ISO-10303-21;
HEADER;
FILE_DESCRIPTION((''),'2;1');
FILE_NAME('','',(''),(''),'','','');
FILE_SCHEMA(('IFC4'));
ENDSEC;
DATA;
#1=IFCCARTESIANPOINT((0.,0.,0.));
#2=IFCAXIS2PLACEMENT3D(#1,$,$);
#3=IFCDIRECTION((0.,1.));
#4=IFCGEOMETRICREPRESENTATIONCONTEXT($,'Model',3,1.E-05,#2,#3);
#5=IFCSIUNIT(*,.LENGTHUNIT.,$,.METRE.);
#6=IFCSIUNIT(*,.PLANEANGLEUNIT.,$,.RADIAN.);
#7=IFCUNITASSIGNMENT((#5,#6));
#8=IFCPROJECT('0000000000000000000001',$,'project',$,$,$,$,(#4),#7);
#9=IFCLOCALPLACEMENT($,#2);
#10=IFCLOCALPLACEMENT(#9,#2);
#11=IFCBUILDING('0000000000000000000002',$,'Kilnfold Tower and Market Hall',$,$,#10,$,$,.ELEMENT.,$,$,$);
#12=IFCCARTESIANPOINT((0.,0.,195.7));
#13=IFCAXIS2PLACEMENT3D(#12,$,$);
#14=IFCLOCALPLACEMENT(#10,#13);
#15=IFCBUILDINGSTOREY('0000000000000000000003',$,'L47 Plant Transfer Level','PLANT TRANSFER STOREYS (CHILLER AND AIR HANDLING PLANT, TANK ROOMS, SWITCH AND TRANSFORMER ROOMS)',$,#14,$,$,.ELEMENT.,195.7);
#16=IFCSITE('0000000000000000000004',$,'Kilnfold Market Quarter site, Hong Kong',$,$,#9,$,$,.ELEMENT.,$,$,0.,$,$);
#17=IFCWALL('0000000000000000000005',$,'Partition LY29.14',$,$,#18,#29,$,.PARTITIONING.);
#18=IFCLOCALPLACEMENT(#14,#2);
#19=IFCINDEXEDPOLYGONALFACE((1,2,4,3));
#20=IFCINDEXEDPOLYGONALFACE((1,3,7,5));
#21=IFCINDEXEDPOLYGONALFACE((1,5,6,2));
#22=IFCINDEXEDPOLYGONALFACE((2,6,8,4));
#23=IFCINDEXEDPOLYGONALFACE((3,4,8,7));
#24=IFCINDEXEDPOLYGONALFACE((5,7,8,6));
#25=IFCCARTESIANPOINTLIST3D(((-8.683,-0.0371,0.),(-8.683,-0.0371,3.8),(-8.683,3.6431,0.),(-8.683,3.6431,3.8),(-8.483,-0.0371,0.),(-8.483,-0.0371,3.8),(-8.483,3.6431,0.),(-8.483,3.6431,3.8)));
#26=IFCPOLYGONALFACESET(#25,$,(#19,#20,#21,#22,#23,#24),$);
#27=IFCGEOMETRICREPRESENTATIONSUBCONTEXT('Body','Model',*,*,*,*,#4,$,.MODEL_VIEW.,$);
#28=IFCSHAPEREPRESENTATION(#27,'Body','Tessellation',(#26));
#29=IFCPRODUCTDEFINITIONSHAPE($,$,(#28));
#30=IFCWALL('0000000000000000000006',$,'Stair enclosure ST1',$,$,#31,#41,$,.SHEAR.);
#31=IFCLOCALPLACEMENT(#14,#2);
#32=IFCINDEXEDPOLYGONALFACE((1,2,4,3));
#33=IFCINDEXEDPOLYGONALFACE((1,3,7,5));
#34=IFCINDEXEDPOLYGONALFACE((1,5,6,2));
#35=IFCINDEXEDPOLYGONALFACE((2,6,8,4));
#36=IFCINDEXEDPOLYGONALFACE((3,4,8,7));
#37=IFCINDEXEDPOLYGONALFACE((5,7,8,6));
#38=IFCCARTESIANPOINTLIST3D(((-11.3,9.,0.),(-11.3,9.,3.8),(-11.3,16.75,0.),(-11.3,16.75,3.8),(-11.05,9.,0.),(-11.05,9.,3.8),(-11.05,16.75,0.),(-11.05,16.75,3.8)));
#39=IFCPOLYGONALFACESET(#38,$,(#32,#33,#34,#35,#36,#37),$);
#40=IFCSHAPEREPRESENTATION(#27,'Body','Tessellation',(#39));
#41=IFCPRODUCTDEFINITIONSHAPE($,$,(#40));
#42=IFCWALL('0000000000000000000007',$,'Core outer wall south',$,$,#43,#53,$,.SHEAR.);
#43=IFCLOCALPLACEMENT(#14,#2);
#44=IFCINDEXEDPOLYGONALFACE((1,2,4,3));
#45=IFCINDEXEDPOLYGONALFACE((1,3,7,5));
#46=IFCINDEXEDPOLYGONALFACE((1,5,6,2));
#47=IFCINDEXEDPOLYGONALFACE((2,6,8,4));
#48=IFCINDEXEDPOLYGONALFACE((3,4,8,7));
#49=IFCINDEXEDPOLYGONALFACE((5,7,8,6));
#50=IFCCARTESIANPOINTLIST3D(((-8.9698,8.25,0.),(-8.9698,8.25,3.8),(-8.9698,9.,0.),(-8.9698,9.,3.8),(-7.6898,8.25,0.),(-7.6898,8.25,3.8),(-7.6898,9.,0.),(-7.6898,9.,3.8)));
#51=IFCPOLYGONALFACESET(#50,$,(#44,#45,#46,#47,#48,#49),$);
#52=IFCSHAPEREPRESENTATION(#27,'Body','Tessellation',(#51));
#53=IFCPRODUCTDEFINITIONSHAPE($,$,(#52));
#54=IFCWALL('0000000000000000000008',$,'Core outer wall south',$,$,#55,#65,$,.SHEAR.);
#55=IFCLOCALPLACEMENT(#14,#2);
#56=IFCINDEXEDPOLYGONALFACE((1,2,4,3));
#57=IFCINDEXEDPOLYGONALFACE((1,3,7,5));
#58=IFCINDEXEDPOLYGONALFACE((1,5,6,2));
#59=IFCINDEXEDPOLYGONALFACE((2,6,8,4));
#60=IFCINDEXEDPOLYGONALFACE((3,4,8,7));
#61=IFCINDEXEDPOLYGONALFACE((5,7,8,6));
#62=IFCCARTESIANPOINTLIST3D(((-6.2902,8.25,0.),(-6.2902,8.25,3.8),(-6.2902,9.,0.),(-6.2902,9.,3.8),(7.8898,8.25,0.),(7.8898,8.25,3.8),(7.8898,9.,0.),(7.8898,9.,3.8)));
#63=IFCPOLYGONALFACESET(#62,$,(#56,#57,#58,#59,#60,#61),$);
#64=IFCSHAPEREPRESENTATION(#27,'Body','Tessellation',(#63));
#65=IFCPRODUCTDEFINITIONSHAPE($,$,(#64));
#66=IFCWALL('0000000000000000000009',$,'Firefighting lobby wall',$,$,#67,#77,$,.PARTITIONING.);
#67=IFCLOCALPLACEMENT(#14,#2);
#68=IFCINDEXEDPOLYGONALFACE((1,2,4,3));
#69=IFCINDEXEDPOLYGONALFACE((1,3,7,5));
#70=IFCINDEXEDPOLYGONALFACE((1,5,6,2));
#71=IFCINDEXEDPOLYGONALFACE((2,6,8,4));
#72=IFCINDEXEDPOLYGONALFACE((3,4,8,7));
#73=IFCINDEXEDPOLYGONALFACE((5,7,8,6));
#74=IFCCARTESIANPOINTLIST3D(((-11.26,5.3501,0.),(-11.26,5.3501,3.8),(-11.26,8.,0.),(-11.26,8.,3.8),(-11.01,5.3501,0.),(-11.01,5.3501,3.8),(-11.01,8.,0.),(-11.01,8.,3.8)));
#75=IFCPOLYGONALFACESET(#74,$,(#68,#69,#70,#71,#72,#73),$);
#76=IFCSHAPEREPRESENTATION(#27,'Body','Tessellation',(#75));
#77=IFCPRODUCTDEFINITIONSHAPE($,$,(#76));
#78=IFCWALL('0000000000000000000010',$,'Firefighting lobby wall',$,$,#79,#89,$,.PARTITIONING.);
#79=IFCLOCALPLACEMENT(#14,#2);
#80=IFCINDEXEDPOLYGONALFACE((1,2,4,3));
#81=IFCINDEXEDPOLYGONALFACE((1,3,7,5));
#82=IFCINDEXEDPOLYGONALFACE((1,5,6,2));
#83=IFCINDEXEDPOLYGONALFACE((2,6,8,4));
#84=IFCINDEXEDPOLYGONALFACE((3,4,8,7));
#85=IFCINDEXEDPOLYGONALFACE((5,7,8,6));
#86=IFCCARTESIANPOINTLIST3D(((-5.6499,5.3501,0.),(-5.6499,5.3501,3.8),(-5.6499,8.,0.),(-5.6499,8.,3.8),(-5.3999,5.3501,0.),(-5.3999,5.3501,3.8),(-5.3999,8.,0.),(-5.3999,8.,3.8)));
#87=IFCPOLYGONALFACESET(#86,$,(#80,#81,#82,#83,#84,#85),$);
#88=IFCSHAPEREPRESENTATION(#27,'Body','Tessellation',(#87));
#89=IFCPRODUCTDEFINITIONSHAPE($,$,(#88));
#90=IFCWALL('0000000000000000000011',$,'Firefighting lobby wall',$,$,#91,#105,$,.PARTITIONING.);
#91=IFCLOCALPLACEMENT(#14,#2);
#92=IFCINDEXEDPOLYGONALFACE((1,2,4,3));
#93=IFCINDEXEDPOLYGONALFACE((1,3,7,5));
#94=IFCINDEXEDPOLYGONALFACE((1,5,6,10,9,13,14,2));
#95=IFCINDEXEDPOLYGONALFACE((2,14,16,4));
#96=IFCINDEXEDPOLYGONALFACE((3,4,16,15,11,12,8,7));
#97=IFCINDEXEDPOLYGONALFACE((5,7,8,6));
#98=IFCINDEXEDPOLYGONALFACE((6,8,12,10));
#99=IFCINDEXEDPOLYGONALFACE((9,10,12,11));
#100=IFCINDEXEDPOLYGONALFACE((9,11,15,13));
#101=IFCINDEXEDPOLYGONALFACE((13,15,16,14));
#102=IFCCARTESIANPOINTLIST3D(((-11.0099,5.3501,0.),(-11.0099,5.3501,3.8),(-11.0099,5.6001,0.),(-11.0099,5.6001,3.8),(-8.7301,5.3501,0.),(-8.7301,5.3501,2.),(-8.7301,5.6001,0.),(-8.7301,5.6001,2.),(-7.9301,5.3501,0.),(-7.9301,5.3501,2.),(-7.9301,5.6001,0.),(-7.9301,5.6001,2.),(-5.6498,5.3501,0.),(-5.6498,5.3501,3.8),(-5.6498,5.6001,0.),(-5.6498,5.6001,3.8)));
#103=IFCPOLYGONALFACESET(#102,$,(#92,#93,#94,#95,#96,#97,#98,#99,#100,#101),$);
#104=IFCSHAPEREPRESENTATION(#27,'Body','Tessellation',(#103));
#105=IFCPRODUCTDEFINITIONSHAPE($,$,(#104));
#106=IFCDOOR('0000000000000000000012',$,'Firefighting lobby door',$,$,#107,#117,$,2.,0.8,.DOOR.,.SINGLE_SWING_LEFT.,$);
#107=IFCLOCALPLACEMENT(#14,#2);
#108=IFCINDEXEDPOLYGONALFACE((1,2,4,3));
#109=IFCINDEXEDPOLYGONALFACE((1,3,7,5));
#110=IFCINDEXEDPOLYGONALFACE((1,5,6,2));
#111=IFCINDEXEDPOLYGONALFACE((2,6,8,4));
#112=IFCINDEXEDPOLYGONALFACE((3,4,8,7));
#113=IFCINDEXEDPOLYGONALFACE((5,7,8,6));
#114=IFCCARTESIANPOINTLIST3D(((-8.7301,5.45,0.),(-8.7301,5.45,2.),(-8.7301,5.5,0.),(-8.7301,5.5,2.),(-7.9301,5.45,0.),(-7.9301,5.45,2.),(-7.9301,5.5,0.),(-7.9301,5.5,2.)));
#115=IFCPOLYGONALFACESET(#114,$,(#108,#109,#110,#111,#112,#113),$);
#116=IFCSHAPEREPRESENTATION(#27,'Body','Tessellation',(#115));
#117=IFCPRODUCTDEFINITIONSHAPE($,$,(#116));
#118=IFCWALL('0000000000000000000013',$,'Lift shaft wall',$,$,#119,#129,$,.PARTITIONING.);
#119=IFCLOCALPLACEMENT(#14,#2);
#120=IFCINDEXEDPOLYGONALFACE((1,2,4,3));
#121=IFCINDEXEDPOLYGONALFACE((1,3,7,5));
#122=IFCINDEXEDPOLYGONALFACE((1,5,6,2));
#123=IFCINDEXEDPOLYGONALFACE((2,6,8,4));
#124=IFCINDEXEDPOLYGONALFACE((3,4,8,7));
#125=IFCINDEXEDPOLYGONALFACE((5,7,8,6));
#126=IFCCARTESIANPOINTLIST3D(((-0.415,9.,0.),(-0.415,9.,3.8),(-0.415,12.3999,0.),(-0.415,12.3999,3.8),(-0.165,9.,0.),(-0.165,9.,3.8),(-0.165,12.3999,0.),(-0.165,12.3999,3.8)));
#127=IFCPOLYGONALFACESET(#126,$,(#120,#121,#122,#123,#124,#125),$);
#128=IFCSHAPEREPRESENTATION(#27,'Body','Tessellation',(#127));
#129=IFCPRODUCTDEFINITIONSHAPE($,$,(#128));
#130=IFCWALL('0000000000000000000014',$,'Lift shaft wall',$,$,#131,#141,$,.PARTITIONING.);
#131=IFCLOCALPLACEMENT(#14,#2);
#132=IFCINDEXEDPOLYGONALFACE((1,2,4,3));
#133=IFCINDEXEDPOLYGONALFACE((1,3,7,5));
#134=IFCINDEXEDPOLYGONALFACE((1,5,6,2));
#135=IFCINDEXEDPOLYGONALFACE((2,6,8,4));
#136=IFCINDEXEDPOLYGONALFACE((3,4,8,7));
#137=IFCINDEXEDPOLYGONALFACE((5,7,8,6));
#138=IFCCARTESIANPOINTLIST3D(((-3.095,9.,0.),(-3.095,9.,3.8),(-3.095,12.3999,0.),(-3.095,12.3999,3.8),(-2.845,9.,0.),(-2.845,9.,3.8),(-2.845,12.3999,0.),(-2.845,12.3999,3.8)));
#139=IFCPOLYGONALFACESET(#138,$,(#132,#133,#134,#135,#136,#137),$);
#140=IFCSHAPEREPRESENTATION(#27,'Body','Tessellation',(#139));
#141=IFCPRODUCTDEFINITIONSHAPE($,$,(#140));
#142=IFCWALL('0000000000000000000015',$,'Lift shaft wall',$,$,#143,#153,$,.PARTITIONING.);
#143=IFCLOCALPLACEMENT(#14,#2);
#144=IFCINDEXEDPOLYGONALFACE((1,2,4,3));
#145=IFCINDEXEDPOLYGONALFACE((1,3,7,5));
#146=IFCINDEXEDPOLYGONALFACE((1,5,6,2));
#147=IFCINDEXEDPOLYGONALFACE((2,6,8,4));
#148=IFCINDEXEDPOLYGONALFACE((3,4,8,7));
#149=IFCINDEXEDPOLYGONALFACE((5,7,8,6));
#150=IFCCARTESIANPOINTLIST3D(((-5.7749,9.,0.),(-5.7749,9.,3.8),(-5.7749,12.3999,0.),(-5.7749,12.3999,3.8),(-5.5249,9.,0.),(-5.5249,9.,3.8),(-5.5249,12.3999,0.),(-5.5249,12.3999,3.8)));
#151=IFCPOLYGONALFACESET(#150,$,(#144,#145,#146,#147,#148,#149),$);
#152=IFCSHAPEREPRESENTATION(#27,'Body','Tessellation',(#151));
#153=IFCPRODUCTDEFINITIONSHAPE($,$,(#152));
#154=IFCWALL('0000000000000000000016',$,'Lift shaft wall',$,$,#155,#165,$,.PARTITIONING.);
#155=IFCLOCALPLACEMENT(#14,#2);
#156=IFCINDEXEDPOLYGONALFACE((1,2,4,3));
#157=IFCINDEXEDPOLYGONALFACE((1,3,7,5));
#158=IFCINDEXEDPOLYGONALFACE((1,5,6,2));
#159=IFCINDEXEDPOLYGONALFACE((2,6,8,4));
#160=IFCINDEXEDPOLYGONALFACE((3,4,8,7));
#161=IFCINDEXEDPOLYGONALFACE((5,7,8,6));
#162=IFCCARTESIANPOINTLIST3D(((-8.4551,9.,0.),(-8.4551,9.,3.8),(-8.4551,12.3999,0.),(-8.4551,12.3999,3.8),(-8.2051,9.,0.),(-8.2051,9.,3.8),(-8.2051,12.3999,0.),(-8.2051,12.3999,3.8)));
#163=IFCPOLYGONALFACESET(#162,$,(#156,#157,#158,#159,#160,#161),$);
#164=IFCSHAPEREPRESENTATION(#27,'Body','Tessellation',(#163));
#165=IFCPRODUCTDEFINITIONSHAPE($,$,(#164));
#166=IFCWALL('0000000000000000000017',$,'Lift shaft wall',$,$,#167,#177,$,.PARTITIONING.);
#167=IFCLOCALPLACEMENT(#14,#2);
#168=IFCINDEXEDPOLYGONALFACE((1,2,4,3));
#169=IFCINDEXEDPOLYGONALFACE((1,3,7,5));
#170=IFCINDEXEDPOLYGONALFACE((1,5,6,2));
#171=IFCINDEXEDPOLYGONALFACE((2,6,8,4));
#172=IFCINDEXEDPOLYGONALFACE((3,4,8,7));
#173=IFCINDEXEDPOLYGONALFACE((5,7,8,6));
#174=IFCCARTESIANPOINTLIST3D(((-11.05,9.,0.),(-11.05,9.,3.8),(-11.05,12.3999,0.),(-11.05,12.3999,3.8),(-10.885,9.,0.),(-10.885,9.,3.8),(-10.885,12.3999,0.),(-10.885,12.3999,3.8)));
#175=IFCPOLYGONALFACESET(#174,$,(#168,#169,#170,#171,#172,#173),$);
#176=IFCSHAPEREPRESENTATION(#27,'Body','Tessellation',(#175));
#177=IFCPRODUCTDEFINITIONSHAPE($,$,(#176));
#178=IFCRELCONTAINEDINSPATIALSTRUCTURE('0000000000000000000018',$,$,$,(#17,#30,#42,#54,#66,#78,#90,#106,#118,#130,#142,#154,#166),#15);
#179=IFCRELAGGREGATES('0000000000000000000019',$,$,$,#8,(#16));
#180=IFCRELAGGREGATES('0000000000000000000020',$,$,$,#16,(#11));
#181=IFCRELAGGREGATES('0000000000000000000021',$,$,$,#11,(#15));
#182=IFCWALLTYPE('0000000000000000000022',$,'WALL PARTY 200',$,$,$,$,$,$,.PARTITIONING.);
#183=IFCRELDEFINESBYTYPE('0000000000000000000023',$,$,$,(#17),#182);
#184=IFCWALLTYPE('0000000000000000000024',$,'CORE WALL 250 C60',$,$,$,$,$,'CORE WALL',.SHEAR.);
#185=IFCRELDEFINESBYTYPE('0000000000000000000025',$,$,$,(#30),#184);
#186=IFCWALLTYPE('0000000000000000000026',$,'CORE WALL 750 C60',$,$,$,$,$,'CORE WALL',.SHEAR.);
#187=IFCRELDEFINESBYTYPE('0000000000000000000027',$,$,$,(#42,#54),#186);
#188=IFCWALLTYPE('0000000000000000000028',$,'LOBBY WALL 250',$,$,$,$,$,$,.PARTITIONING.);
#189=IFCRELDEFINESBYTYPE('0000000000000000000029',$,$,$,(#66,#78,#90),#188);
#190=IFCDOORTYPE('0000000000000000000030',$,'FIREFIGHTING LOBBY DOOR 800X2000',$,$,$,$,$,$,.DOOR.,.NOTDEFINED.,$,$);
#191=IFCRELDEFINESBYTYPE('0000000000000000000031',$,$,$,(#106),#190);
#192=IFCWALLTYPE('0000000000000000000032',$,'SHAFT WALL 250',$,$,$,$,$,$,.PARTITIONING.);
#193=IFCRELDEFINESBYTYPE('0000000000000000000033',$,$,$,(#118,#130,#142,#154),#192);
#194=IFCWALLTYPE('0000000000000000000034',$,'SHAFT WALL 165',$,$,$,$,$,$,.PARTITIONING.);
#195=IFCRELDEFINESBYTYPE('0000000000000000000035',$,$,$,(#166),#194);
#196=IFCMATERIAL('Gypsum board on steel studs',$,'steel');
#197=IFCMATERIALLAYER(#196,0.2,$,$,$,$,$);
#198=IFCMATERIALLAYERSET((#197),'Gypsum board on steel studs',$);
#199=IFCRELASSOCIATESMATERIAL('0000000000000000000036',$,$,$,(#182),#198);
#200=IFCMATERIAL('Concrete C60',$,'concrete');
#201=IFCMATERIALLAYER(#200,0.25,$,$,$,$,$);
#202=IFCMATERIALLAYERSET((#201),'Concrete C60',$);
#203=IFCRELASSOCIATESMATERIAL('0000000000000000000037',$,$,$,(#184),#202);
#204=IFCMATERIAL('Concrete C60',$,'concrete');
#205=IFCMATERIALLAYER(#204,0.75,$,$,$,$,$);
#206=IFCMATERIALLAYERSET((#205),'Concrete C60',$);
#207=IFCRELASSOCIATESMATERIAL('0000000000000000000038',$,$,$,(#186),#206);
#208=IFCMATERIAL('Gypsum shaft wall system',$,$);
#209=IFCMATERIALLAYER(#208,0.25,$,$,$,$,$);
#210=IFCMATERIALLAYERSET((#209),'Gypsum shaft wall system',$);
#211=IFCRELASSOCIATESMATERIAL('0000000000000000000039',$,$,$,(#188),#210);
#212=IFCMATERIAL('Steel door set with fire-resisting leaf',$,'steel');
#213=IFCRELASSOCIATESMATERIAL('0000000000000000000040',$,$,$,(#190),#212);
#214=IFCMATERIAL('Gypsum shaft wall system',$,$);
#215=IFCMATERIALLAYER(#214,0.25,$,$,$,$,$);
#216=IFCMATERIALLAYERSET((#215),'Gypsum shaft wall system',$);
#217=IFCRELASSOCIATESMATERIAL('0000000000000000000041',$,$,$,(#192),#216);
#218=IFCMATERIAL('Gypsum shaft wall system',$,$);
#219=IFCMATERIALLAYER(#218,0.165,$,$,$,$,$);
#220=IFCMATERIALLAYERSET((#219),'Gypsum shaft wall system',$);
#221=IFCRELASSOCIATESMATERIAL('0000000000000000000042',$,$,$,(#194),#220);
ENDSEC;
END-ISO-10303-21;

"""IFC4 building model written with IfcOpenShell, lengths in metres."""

from ifc_helpers import new_model, si_unit, direction, frame, frame_2d, origin, place, context, subcontext, project, spatial, rectangle, extrude, source, transform, mapped, material, layer, layer_set, type_object, element, fill, save


model = new_model("IFC4")

# Units and contexts
model_context = context("Model", 3, precision=1e-05, world=origin(), true_north=direction((0.0, 1.0)))
body_context = subcontext(model_context, "Body", "Model", "MODEL_VIEW")
ifc_project = project(units=[si_unit("LENGTHUNIT", "METRE"), si_unit("PLANEANGLEUNIT", "RADIAN")], contexts=[model_context])

# Site, building, storey
site_placement = place(None, origin())
site = spatial("IfcSite", under=ifc_project, at=site_placement, Name="Kilnfold Market Quarter site, Hong Kong", CompositionType="ELEMENT", RefElevation=0.0)
building_placement = place(site_placement, origin())
building = spatial("IfcBuilding", under=site, at=building_placement, Name="Kilnfold Tower and Market Hall", CompositionType="ELEMENT")
storey_placement = place(building_placement, frame((0.0, 0.0, 195.7)))
storey = spatial("IfcBuildingStorey", under=building, at=storey_placement, Name="L47 Plant Transfer Level", Description="PLANT TRANSFER STOREYS (CHILLER AND AIR HANDLING PLANT, TANK ROOMS, SWITCH AND TRANSFORMER ROOMS)", CompositionType="ELEMENT", Elevation=195.7)

# Walls
ifc_material_1 = material(Name="Gypsum board on steel studs", Category="steel")
ifc_layer_1 = layer(ifc_material_1, 0.2)
ifc_layer_set_1 = layer_set([ifc_layer_1], Name="Gypsum board on steel studs")
wall_type_1 = type_object("IfcWallType", Name="WALL PARTY 200", PredefinedType="PARTITIONING", material=ifc_layer_set_1)
wall_1_placement = place(storey_placement, frame((-8.583, -0.0371, 0.0), z_axis=(0.0, 0.0, 1.0), x_axis=(0.0, 1.0, 0.0)))
element("IfcWall", 1, at=wall_1_placement, inside=storey, type_object=wall_type_1, Name="Partition LY29.14", PredefinedType="PARTITIONING", context=body_context, shape_type="SweptSolid", body=[
    extrude(rectangle(XDim=3.6802, YDim=0.2, at=frame_2d((1.8401, 0.0))), origin(), (0.0, 0.0, 1.0), 3.8),
])
ifc_material_2 = material(Name="Concrete C60", Category="concrete")
ifc_layer_2 = layer(ifc_material_2, 0.25)
ifc_layer_set_2 = layer_set([ifc_layer_2], Name="Concrete C60")
wall_type_2 = type_object("IfcWallType", Name="CORE WALL 250 C60", ElementType="CORE WALL", PredefinedType="SHEAR", material=ifc_layer_set_2)
shared_shape_1 = source(origin(), body_context, "Body", "SweptSolid", [
    extrude(rectangle(XDim=7.75, YDim=0.25, at=frame_2d((3.875, 0.0))), origin(), (0.0, 0.0, 1.0), 3.8),
])
wall_2_placement = place(storey_placement, frame((-11.175, 9.0, 0.0), z_axis=(0.0, 0.0, 1.0), x_axis=(0.0, 1.0, 0.0)))
element("IfcWall", 2, at=wall_2_placement, inside=storey, type_object=wall_type_2, Name="Stair enclosure ST1", PredefinedType="SHEAR", context=body_context, shape_type="MappedRepresentation", body=[
    mapped(shared_shape_1, transform((0.0, 0.0, 0.0))),
])
ifc_material_3 = material(Name="Concrete C60", Category="concrete")
ifc_layer_3 = layer(ifc_material_3, 0.75)
ifc_layer_set_3 = layer_set([ifc_layer_3], Name="Concrete C60")
wall_type_3 = type_object("IfcWallType", Name="CORE WALL 750 C60", ElementType="CORE WALL", PredefinedType="SHEAR", material=ifc_layer_set_3)
shared_shape_2 = source(origin(), body_context, "Body", "SweptSolid", [
    extrude(rectangle(XDim=1.28, YDim=0.75, at=frame_2d((0.6401, 0.0))), origin(), (0.0, 0.0, 1.0), 3.8),
])
wall_3_placement = place(storey_placement, frame((-8.97, 8.625, 0.0), z_axis=(0.0, 0.0, 1.0), x_axis=(1.0, 0.0, 0.0)))
element("IfcWall", 3, at=wall_3_placement, inside=storey, type_object=wall_type_3, Name="Core outer wall south", PredefinedType="SHEAR", context=body_context, shape_type="MappedRepresentation", body=[
    mapped(shared_shape_2, transform((0.0, 0.0, 0.0))),
])
shared_shape_3 = source(origin(), body_context, "Body", "SweptSolid", [
    extrude(rectangle(XDim=14.1799, YDim=0.75, at=frame_2d((7.0898, 0.0))), origin(), (0.0, 0.0, 1.0), 3.8),
])
wall_4_placement = place(storey_placement, frame((-6.29, 8.625, 0.0), z_axis=(0.0, 0.0, 1.0), x_axis=(1.0, 0.0, 0.0)))
element("IfcWall", 4, at=wall_4_placement, inside=storey, type_object=wall_type_3, Name="Core outer wall south", PredefinedType="SHEAR", context=body_context, shape_type="MappedRepresentation", body=[
    mapped(shared_shape_3, transform((0.0, 0.0, 0.0))),
])
ifc_material_4 = material(Name="Gypsum shaft wall system")
ifc_layer_4 = layer(ifc_material_4, 0.25)
ifc_layer_set_4 = layer_set([ifc_layer_4], Name="Gypsum shaft wall system")
wall_type_4 = type_object("IfcWallType", Name="LOBBY WALL 250", PredefinedType="PARTITIONING", material=ifc_layer_set_4)
shared_shape_4 = source(origin(), body_context, "Body", "SweptSolid", [
    extrude(rectangle(XDim=2.6499, YDim=0.25, at=frame_2d((1.325, 0.0))), origin(), (0.0, 0.0, 1.0), 3.8),
])
for number, where, z_axis, x_axis, name in (
    (5, (-11.135, 5.3501, 0.0), (0.0, 0.0, 1.0), (0.0, 1.0, 0.0), "Firefighting lobby wall"),
    (6, (-5.5249, 5.3501, 0.0), (0.0, 0.0, 1.0), (0.0, 1.0, 0.0), "Firefighting lobby wall"),
):
    element("IfcWall", number, at=place(storey_placement, frame(where, z_axis=z_axis, x_axis=x_axis)), inside=storey, type_object=wall_type_4, Name=name, PredefinedType="PARTITIONING", context=body_context, shape_type="MappedRepresentation", body=[
        mapped(shared_shape_4, transform((0.0, 0.0, 0.0))),
    ])

# Wall, opening, door
shared_shape_5 = source(origin(), body_context, "Body", "SweptSolid", [
    extrude(rectangle(XDim=5.3601, YDim=0.25, at=frame_2d((2.6802, 0.0))), origin(), (0.0, 0.0, 1.0), 3.8),
])
wall_5_placement = place(storey_placement, frame((-11.01, 5.4751, 0.0), z_axis=(0.0, 0.0, 1.0), x_axis=(1.0, 0.0, 0.0)))
wall_5 = element("IfcWall", 7, at=wall_5_placement, inside=storey, type_object=wall_type_4, Name="Firefighting lobby wall", PredefinedType="PARTITIONING", context=body_context, shape_type="MappedRepresentation", body=[
    mapped(shared_shape_5, transform((0.0, 0.0, 0.0))),
])
opening_1_placement = place(wall_5_placement, frame((2.28, 0.0, 0.0)))
opening_1 = element("IfcOpeningElement", 8, at=opening_1_placement, cuts=wall_5, PredefinedType="OPENING", context=body_context, shape_type="SweptSolid", body=[
    extrude(rectangle(XDim=0.8, YDim=2.0, at=frame_2d((0.3999, 1.0))), frame((0.0, 0.135, 0.0), z_axis=(0.0, -1.0, 0.0), x_axis=(1.0, 0.0, 0.0)), (0.0, 0.0, 1.0), 0.27),
])
ifc_material_5 = material(Name="Steel door set with fire-resisting leaf", Category="steel")
door_type_1 = type_object("IfcDoorType", Name="FIREFIGHTING LOBBY DOOR 800X2000", OperationType="NOTDEFINED", PredefinedType="DOOR", material=ifc_material_5)
door_1_placement = place(opening_1_placement, origin())
door_1 = element("IfcDoor", 9, at=door_1_placement, inside=storey, type_object=door_type_1, Name="Firefighting lobby door", OperationType="SINGLE_SWING_LEFT", OverallHeight=2.0, OverallWidth=0.8, PredefinedType="DOOR", context=body_context, shape_type="SweptSolid", body=[
    extrude(rectangle(XDim=0.8, YDim=2.0, at=frame_2d((0.3999, 1.0))), frame((0.0, 0.0249, 0.0), z_axis=(0.0, -1.0, 0.0), x_axis=(1.0, 0.0, 0.0)), (0.0, 0.0, 1.0), 0.05),
])
fill(opening_1, door_1)

# Walls
ifc_material_6 = material(Name="Gypsum shaft wall system")
ifc_layer_5 = layer(ifc_material_6, 0.25)
ifc_layer_set_5 = layer_set([ifc_layer_5], Name="Gypsum shaft wall system")
wall_type_5 = type_object("IfcWallType", Name="SHAFT WALL 250", PredefinedType="PARTITIONING", material=ifc_layer_set_5)
shared_shape_6 = source(origin(), body_context, "Body", "SweptSolid", [
    extrude(rectangle(XDim=3.3999, YDim=0.25, at=frame_2d((1.7, 0.0))), origin(), (0.0, 0.0, 1.0), 3.8),
])
for number, where, z_axis, x_axis, name in (
    (10, (-0.29, 9.0, 0.0), (0.0, 0.0, 1.0), (0.0, 1.0, 0.0), "Lift shaft wall"),
    (11, (-2.97, 9.0, 0.0), (0.0, 0.0, 1.0), (0.0, 1.0, 0.0), "Lift shaft wall"),
    (12, (-5.6499, 9.0, 0.0), (0.0, 0.0, 1.0), (0.0, 1.0, 0.0), "Lift shaft wall"),
    (13, (-8.3301, 9.0, 0.0), (0.0, 0.0, 1.0), (0.0, 1.0, 0.0), "Lift shaft wall"),
):
    element("IfcWall", number, at=place(storey_placement, frame(where, z_axis=z_axis, x_axis=x_axis)), inside=storey, type_object=wall_type_5, Name=name, PredefinedType="PARTITIONING", context=body_context, shape_type="MappedRepresentation", body=[
        mapped(shared_shape_6, transform((0.0, 0.0, 0.0))),
    ])
ifc_material_7 = material(Name="Gypsum shaft wall system")
ifc_layer_6 = layer(ifc_material_7, 0.165)
ifc_layer_set_6 = layer_set([ifc_layer_6], Name="Gypsum shaft wall system")
wall_type_6 = type_object("IfcWallType", Name="SHAFT WALL 165", PredefinedType="PARTITIONING", material=ifc_layer_set_6)
shared_shape_7 = source(origin(), body_context, "Body", "SweptSolid", [
    extrude(rectangle(XDim=3.3999, YDim=0.165, at=frame_2d((1.7, 0.0))), origin(), (0.0, 0.0, 1.0), 3.8),
])
wall_6_placement = place(storey_placement, frame((-10.9675, 9.0, 0.0), z_axis=(0.0, 0.0, 1.0), x_axis=(0.0, 1.0, 0.0)))
element("IfcWall", 14, at=wall_6_placement, inside=storey, type_object=wall_type_6, Name="Lift shaft wall", PredefinedType="PARTITIONING", context=body_context, shape_type="MappedRepresentation", body=[
    mapped(shared_shape_7, transform((0.0, 0.0, 0.0))),
])

save(model, "model.ifc")
